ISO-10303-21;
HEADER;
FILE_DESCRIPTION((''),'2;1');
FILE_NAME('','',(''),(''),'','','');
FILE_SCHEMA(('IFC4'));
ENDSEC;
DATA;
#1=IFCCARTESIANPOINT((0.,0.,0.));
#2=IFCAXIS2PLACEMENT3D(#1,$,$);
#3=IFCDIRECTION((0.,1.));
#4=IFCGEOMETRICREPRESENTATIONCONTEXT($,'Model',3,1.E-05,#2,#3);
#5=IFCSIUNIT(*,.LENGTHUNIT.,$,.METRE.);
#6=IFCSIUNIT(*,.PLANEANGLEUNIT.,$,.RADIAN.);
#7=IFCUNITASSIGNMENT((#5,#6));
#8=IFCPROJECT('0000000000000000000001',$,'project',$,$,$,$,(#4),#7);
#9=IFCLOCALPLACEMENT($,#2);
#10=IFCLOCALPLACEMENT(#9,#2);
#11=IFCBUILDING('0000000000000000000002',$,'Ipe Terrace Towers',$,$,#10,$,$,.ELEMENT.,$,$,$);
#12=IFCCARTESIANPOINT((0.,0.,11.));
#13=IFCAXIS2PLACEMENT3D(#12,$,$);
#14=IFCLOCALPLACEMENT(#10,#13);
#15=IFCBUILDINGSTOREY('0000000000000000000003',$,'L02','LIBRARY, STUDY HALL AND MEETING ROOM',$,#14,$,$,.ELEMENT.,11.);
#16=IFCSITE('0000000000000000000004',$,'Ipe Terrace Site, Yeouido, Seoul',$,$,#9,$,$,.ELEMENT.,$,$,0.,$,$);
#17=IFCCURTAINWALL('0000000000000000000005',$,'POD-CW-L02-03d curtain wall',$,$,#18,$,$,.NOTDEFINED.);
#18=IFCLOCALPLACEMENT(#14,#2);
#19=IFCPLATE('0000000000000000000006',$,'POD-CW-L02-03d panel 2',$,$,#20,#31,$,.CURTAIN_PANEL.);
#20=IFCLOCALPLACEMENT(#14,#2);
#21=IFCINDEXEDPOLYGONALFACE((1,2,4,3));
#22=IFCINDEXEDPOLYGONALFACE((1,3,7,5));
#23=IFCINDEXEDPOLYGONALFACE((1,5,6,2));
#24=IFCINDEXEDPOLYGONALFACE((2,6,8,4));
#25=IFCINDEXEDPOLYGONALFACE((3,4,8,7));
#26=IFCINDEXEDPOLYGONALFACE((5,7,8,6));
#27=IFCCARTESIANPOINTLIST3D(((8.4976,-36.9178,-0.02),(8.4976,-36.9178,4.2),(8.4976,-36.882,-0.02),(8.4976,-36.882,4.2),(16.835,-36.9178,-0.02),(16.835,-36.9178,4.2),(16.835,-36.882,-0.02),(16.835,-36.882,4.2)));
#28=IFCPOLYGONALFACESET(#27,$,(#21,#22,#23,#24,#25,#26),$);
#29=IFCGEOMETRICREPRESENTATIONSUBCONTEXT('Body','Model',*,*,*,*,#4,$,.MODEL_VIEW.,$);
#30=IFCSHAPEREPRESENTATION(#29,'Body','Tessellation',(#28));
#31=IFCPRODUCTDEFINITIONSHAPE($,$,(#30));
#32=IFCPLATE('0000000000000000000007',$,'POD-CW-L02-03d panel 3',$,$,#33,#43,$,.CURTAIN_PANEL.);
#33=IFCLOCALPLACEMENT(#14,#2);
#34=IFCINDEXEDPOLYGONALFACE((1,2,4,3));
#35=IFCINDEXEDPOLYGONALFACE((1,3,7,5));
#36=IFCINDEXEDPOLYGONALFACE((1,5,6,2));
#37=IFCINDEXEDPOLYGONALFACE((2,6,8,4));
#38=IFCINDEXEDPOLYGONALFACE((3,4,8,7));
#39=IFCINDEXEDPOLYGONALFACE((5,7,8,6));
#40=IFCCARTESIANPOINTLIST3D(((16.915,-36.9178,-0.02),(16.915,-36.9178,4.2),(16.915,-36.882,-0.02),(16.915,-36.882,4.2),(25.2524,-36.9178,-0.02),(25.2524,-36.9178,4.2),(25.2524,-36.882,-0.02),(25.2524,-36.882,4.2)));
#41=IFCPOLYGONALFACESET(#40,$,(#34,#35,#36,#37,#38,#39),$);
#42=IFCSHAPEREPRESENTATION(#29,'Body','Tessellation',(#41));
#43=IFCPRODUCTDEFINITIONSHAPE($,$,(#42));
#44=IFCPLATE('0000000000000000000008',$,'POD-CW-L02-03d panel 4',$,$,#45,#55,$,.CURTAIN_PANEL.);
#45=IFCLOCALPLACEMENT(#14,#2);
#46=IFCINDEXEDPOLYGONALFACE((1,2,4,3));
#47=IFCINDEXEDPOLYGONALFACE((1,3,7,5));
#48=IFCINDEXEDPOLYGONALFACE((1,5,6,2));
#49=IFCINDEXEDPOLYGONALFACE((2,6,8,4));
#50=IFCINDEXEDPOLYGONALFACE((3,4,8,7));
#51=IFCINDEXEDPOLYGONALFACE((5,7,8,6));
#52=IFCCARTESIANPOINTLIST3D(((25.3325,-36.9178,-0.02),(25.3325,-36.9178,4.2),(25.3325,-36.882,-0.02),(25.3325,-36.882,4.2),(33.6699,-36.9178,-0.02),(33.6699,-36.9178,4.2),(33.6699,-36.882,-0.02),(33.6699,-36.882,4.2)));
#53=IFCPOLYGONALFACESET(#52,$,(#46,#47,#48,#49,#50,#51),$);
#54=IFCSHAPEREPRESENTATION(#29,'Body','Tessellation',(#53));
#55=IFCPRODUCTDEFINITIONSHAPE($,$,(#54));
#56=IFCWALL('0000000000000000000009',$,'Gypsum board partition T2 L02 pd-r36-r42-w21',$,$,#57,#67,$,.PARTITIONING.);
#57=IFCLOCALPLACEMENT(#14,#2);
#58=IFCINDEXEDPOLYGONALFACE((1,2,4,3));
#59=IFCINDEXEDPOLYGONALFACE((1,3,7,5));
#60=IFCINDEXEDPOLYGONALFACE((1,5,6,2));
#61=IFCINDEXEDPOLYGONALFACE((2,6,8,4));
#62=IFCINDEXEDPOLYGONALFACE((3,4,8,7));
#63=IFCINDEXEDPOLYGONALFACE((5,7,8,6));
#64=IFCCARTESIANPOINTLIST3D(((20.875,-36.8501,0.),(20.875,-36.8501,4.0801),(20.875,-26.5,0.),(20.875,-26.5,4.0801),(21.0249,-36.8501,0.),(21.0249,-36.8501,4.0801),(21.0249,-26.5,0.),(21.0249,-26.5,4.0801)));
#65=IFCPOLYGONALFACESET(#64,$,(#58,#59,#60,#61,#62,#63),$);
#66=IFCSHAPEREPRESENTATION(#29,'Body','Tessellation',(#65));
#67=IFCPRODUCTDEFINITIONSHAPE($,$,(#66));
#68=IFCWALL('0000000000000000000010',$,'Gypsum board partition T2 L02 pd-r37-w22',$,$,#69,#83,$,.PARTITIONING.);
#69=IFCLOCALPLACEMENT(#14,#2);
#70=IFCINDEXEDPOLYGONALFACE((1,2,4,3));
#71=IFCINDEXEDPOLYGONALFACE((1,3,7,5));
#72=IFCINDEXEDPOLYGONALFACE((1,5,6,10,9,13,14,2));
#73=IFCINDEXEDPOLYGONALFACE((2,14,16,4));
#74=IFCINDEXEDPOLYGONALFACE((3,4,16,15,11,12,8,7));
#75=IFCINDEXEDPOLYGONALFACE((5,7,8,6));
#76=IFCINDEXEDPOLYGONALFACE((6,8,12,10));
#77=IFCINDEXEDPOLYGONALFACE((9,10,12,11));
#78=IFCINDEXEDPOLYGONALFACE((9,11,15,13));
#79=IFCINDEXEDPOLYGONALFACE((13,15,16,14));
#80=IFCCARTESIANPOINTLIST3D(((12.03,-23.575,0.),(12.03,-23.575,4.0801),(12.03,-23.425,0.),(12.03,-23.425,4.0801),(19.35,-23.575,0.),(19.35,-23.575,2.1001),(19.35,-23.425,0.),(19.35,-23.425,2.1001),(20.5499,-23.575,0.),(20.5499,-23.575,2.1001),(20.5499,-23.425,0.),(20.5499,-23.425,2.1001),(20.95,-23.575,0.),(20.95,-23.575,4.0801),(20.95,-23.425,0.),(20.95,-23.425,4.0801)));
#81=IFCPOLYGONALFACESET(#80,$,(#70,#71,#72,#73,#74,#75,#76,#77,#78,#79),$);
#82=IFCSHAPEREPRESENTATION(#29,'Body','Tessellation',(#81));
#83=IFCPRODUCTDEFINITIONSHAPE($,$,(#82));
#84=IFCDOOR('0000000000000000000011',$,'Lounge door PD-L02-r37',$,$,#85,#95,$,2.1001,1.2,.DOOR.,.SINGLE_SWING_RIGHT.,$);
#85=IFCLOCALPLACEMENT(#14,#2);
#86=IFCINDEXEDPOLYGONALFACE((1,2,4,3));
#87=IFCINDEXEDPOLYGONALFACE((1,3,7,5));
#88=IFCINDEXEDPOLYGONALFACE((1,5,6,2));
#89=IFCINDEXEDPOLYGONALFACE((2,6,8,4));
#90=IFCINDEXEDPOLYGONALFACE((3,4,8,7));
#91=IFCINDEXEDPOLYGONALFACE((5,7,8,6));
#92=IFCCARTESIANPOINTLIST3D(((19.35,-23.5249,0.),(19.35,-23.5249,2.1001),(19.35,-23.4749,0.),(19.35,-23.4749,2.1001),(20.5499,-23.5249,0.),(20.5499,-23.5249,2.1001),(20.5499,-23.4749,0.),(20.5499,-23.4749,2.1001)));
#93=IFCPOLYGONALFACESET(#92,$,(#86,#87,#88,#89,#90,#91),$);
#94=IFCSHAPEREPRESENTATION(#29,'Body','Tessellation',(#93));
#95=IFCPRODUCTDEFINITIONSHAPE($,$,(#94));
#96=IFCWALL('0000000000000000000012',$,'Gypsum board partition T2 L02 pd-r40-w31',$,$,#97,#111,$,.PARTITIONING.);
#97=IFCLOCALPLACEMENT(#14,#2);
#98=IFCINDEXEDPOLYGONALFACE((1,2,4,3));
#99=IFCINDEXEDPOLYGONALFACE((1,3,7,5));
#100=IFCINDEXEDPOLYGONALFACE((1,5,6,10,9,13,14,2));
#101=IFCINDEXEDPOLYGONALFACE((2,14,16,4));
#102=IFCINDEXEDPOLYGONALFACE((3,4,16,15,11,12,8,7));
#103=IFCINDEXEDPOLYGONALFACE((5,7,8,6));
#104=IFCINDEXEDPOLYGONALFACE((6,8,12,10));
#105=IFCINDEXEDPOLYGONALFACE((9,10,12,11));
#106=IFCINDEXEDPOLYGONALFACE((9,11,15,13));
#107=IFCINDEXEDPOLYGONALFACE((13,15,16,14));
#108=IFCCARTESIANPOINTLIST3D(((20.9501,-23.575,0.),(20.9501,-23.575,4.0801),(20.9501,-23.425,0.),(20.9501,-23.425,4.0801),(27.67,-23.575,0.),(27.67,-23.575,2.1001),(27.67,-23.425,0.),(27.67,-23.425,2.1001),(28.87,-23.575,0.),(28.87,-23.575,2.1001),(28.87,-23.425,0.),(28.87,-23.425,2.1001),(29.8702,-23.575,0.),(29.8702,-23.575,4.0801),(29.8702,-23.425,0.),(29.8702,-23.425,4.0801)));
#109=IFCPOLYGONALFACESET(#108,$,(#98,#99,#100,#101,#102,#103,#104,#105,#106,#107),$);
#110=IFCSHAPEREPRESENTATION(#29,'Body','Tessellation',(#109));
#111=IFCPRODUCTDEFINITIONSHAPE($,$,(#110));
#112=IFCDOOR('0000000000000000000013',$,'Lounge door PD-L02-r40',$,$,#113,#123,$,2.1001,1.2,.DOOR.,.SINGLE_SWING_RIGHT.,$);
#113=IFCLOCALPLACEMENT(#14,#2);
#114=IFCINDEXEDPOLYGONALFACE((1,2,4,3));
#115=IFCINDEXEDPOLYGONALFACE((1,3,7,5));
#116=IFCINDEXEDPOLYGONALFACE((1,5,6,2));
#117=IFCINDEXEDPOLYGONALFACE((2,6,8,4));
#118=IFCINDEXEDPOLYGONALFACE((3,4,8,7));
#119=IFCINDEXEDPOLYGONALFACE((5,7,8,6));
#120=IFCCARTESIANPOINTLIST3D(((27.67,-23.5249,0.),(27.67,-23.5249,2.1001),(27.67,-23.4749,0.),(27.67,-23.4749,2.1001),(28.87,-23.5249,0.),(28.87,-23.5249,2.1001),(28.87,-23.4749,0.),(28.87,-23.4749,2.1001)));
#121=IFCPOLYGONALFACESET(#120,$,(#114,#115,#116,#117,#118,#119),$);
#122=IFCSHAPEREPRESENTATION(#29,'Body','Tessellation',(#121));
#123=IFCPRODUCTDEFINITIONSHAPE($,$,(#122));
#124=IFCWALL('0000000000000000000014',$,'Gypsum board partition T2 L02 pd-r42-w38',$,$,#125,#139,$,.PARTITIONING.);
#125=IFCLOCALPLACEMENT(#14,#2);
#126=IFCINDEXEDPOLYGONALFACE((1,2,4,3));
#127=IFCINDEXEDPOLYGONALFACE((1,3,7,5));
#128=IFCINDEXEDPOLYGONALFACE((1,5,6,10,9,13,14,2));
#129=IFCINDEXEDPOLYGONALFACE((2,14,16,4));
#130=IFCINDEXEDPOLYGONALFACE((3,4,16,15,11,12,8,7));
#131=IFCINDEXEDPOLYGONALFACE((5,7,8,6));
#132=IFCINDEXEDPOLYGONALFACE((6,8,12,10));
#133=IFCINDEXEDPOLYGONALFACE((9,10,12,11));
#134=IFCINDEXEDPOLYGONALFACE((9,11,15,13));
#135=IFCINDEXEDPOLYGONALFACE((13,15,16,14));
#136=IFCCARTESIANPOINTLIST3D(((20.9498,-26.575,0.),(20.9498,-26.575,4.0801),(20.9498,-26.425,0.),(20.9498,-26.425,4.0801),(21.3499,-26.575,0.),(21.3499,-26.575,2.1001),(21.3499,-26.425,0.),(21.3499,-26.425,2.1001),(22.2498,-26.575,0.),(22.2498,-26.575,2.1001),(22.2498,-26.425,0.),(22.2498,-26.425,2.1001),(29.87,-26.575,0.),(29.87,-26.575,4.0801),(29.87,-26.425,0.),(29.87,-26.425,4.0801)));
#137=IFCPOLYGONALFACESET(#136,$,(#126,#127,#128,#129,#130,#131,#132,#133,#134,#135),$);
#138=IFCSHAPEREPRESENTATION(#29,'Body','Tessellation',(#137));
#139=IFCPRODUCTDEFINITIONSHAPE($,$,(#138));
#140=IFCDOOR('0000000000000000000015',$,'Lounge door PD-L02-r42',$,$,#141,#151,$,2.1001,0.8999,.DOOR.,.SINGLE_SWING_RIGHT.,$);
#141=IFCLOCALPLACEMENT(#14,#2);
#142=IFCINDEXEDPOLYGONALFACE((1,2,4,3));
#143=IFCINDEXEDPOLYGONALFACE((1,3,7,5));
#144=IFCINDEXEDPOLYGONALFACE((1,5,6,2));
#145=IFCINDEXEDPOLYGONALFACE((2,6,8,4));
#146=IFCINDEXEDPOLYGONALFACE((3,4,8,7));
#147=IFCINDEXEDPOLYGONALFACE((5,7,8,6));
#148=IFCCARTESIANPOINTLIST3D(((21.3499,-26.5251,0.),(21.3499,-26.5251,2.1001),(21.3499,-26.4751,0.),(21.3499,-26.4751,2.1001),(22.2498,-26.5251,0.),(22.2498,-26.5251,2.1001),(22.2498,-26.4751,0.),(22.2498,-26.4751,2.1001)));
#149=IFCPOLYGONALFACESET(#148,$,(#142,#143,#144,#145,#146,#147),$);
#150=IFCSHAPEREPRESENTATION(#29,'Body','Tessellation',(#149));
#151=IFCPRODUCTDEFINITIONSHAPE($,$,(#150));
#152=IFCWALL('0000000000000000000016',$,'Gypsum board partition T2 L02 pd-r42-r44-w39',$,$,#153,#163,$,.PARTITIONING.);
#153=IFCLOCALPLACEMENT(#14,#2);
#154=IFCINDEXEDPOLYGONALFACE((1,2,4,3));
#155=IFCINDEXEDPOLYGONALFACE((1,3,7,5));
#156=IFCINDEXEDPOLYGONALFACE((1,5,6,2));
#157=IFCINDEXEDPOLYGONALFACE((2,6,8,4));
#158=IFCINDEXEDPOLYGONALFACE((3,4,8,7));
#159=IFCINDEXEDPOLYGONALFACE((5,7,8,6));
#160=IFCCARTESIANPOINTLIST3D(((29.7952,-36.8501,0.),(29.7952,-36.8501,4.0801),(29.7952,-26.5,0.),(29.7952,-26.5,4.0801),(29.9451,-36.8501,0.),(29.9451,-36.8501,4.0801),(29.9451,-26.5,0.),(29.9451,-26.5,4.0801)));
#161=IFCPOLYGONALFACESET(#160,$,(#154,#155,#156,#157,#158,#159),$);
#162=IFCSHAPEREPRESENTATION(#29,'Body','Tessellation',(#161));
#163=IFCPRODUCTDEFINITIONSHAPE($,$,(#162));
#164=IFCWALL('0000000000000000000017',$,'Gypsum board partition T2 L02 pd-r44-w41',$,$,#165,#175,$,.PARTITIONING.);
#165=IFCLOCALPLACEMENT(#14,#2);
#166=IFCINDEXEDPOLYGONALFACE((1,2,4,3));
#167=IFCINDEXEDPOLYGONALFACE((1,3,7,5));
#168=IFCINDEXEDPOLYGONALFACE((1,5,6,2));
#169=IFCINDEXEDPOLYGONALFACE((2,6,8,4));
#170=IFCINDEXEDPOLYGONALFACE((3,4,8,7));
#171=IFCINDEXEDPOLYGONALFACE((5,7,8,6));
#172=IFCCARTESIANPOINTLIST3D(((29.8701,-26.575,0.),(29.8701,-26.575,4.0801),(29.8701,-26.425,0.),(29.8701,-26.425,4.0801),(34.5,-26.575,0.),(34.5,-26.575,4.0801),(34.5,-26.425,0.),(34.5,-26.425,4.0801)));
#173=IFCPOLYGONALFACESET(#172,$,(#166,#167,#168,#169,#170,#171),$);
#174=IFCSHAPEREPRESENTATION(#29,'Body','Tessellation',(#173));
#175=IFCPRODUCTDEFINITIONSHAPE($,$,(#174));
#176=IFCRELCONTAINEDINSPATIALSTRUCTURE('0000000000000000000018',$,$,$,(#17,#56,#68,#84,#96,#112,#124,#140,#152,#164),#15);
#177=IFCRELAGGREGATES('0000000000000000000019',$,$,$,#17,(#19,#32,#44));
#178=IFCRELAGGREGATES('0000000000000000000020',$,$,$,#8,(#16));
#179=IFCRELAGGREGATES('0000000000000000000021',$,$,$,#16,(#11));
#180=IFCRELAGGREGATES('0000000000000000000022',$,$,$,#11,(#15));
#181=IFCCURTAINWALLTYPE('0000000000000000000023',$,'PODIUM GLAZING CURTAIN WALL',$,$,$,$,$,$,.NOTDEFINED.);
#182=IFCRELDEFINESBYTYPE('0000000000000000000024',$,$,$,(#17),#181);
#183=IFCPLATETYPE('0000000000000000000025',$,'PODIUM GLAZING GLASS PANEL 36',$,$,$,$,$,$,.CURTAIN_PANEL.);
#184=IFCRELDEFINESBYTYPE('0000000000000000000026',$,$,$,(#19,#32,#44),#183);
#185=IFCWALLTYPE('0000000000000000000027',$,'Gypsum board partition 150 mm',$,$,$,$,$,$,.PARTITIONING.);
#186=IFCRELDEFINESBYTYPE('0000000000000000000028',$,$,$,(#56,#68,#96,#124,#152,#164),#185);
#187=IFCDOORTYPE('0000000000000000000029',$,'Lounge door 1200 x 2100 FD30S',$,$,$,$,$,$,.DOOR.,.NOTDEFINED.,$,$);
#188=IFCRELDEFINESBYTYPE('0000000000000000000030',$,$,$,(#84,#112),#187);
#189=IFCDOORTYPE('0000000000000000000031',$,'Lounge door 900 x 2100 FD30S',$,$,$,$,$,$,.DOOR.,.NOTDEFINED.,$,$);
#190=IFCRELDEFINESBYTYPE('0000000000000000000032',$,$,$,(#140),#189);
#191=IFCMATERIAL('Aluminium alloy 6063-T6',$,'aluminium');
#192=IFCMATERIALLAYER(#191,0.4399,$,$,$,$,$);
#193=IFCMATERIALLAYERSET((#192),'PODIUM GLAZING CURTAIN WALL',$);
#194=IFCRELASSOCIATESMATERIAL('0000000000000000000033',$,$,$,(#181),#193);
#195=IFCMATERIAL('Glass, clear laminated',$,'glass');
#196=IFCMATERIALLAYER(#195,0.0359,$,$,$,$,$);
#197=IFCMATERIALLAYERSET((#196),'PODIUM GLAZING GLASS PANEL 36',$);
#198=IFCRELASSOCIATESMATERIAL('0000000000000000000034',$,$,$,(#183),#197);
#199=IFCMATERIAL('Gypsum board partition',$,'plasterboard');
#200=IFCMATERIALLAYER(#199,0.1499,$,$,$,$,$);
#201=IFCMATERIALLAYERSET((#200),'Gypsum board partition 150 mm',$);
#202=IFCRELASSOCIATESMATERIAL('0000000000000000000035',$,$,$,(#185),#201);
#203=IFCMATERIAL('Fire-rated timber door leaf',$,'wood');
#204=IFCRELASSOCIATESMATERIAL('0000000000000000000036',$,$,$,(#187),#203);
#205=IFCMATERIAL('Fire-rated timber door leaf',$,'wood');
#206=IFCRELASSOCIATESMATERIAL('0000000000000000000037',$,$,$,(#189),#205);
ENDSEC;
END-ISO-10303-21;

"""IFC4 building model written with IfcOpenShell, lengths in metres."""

from ifc_helpers import new_model, si_unit, direction, frame, frame_2d, origin, origin_2d, place, context, subcontext, project, spatial, rectangle, extrude, material, layer, layer_set, type_object, element, fill, aggregate, save


model = new_model("IFC4")

# Units and contexts
model_context = context("Model", 3, precision=1e-05, world=origin(), true_north=direction((0.0, 1.0)))
body_context = subcontext(model_context, "Body", "Model", "MODEL_VIEW")
ifc_project = project(units=[si_unit("LENGTHUNIT", "METRE"), si_unit("PLANEANGLEUNIT", "RADIAN")], contexts=[model_context])

# Site, building, storey
site_placement = place(None, origin())
site = spatial("IfcSite", under=ifc_project, at=site_placement, Name="Ipe Terrace Site, Yeouido, Seoul", CompositionType="ELEMENT", RefElevation=0.0)
building_placement = place(site_placement, origin())
building = spatial("IfcBuilding", under=site, at=building_placement, Name="Ipe Terrace Towers", CompositionType="ELEMENT")
storey_placement = place(building_placement, frame((0.0, 0.0, 11.0)))
storey = spatial("IfcBuildingStorey", under=building, at=storey_placement, Name="L02", Description="LIBRARY, STUDY HALL AND MEETING ROOM", CompositionType="ELEMENT", Elevation=11.0)

# Curtain wall, plates
ifc_material_1 = material(Name="Aluminium alloy 6063-T6", Category="aluminium")
ifc_layer_1 = layer(ifc_material_1, 0.4399)
ifc_layer_set_1 = layer_set([ifc_layer_1], Name="PODIUM GLAZING CURTAIN WALL")
curtain_wall_type = type_object("IfcCurtainWallType", Name="PODIUM GLAZING CURTAIN WALL", PredefinedType="NOTDEFINED", material=ifc_layer_set_1)
curtain_wall_placement = place(storey_placement, origin())
curtain_wall = element("IfcCurtainWall", 1, at=curtain_wall_placement, inside=storey, type_object=curtain_wall_type, Name="POD-CW-L02-03d curtain wall", PredefinedType="NOTDEFINED")
ifc_material_2 = material(Name="Glass, clear laminated", Category="glass")
ifc_layer_2 = layer(ifc_material_2, 0.0359)
ifc_layer_set_2 = layer_set([ifc_layer_2], Name="PODIUM GLAZING GLASS PANEL 36")
plate_type = type_object("IfcPlateType", Name="PODIUM GLAZING GLASS PANEL 36", PredefinedType="CURTAIN_PANEL", material=ifc_layer_set_2)
plate_1_placement = place(storey_placement, frame((12.6663, -36.8999, -0.02), z_axis=(0.0, 0.0, 1.0), x_axis=(1.0, 0.0, 0.0)))
plate_1 = element("IfcPlate", 2, at=plate_1_placement, type_object=plate_type, Name="POD-CW-L02-03d panel 2", PredefinedType="CURTAIN_PANEL", context=body_context, shape_type="SweptSolid", body=[
    extrude(rectangle(XDim=8.3374, YDim=0.0359, at=origin_2d()), origin(), (0.0, 0.0, 1.0), 4.22),
])
plate_2_placement = place(storey_placement, frame((21.0837, -36.8999, -0.02), z_axis=(0.0, 0.0, 1.0), x_axis=(1.0, 0.0, 0.0)))
plate_2 = element("IfcPlate", 3, at=plate_2_placement, type_object=plate_type, Name="POD-CW-L02-03d panel 3", PredefinedType="CURTAIN_PANEL", context=body_context, shape_type="SweptSolid", body=[
    extrude(rectangle(XDim=8.3374, YDim=0.0359, at=origin_2d()), origin(), (0.0, 0.0, 1.0), 4.22),
])
plate_3_placement = place(storey_placement, frame((29.5012, -36.8999, -0.02), z_axis=(0.0, 0.0, 1.0), x_axis=(1.0, 0.0, 0.0)))
plate_3 = element("IfcPlate", 4, at=plate_3_placement, type_object=plate_type, Name="POD-CW-L02-03d panel 4", PredefinedType="CURTAIN_PANEL", context=body_context, shape_type="SweptSolid", body=[
    extrude(rectangle(XDim=8.3374, YDim=0.0359, at=origin_2d()), origin(), (0.0, 0.0, 1.0), 4.22),
])
aggregate(curtain_wall, [plate_1, plate_2, plate_3])

# Wall
ifc_material_3 = material(Name="Gypsum board partition", Category="plasterboard")
ifc_layer_3 = layer(ifc_material_3, 0.1499)
ifc_layer_set_3 = layer_set([ifc_layer_3], Name="Gypsum board partition 150 mm")
wall_type_1 = type_object("IfcWallType", Name="Gypsum board partition 150 mm", PredefinedType="PARTITIONING", material=ifc_layer_set_3)
wall_1_placement = place(storey_placement, frame((20.95, -26.5, 0.0), z_axis=(0.0, 0.0, 1.0), x_axis=(0.0, -1.0, 0.0)))
element("IfcWall", 5, at=wall_1_placement, inside=storey, type_object=wall_type_1, Name="Gypsum board partition T2 L02 pd-r36-r42-w21", PredefinedType="PARTITIONING", context=body_context, shape_type="SweptSolid", body=[
    extrude(rectangle(XDim=10.3501, YDim=0.1499, at=frame_2d((5.175, 0.0))), origin(), (0.0, 0.0, 1.0), 4.0801),
])

# Walls, openings, doors
wall_2_placement = place(storey_placement, frame((20.95, -23.5, 0.0), z_axis=(0.0, 0.0, 1.0), x_axis=(-1.0, 0.0, 0.0)))
wall_2 = element("IfcWall", 6, at=wall_2_placement, inside=storey, type_object=wall_type_1, Name="Gypsum board partition T2 L02 pd-r37-w22", PredefinedType="PARTITIONING", context=body_context, shape_type="SweptSolid", body=[
    extrude(rectangle(XDim=8.9199, YDim=0.1499, at=frame_2d((4.46, 0.0))), origin(), (0.0, 0.0, 1.0), 4.0801),
])
opening_1_placement = place(wall_2_placement, frame((0.3999, 0.0, 0.0)))
opening_1 = element("IfcOpeningElement", 7, at=opening_1_placement, cuts=wall_2, PredefinedType="OPENING", context=body_context, shape_type="SweptSolid", body=[
    extrude(rectangle(XDim=1.2, YDim=2.1001, at=frame_2d((0.6001, 1.05))), frame((0.0, 0.085, 0.0), z_axis=(0.0, -1.0, 0.0), x_axis=(1.0, 0.0, 0.0)), (0.0, 0.0, 1.0), 0.1699),
])
ifc_material_4 = material(Name="Fire-rated timber door leaf", Category="wood")
door_type_1 = type_object("IfcDoorType", Name="Lounge door 1200 x 2100 FD30S", OperationType="NOTDEFINED", PredefinedType="DOOR", material=ifc_material_4)
door_1_placement = place(opening_1_placement, origin())
door_1 = element("IfcDoor", 8, at=door_1_placement, inside=storey, type_object=door_type_1, Name="Lounge door PD-L02-r37", OperationType="SINGLE_SWING_RIGHT", OverallHeight=2.1001, OverallWidth=1.2, PredefinedType="DOOR", context=body_context, shape_type="SweptSolid", body=[
    extrude(rectangle(XDim=1.2, YDim=2.1001, at=frame_2d((0.6001, 1.05))), frame((0.0, 0.0249, 0.0), z_axis=(0.0, -1.0, 0.0), x_axis=(1.0, 0.0, 0.0)), (0.0, 0.0, 1.0), 0.05),
])
fill(opening_1, door_1)
wall_3_placement = place(storey_placement, frame((29.8701, -23.5, 0.0), z_axis=(0.0, 0.0, 1.0), x_axis=(-1.0, 0.0, 0.0)))
wall_3 = element("IfcWall", 9, at=wall_3_placement, inside=storey, type_object=wall_type_1, Name="Gypsum board partition T2 L02 pd-r40-w31", PredefinedType="PARTITIONING", context=body_context, shape_type="SweptSolid", body=[
    extrude(rectangle(XDim=8.9202, YDim=0.1499, at=frame_2d((4.46, 0.0))), origin(), (0.0, 0.0, 1.0), 4.0801),
])
opening_2_placement = place(wall_3_placement, frame((1.0, 0.0, 0.0)))
opening_2 = element("IfcOpeningElement", 10, at=opening_2_placement, cuts=wall_3, PredefinedType="OPENING", context=body_context, shape_type="SweptSolid", body=[
    extrude(rectangle(XDim=1.2, YDim=2.1001, at=frame_2d((0.6001, 1.05))), frame((0.0, 0.085, 0.0), z_axis=(0.0, -1.0, 0.0), x_axis=(1.0, 0.0, 0.0)), (0.0, 0.0, 1.0), 0.1699),
])
door_2_placement = place(opening_2_placement, origin())
door_2 = element("IfcDoor", 11, at=door_2_placement, inside=storey, type_object=door_type_1, Name="Lounge door PD-L02-r40", OperationType="SINGLE_SWING_RIGHT", OverallHeight=2.1001, OverallWidth=1.2, PredefinedType="DOOR", context=body_context, shape_type="SweptSolid", body=[
    extrude(rectangle(XDim=1.2, YDim=2.1001, at=frame_2d((0.6001, 1.05))), frame((0.0, 0.0249, 0.0), z_axis=(0.0, -1.0, 0.0), x_axis=(1.0, 0.0, 0.0)), (0.0, 0.0, 1.0), 0.05),
])
fill(opening_2, door_2)
wall_4_placement = place(storey_placement, frame((20.95, -26.5, 0.0), z_axis=(0.0, 0.0, 1.0), x_axis=(1.0, 0.0, 0.0)))
wall_4 = element("IfcWall", 12, at=wall_4_placement, inside=storey, type_object=wall_type_1, Name="Gypsum board partition T2 L02 pd-r42-w38", PredefinedType="PARTITIONING", context=body_context, shape_type="SweptSolid", body=[
    extrude(rectangle(XDim=8.9202, YDim=0.1499, at=frame_2d((4.46, 0.0))), origin(), (0.0, 0.0, 1.0), 4.0801),
])
opening_3_placement = place(wall_4_placement, frame((0.3999, 0.0, 0.0)))
opening_3 = element("IfcOpeningElement", 13, at=opening_3_placement, cuts=wall_4, PredefinedType="OPENING", context=body_context, shape_type="SweptSolid", body=[
    extrude(rectangle(XDim=0.8999, YDim=2.1001, at=frame_2d((0.45, 1.05))), frame((0.0, 0.085, 0.0), z_axis=(0.0, -1.0, 0.0), x_axis=(1.0, 0.0, 0.0)), (0.0, 0.0, 1.0), 0.1699),
])
ifc_material_5 = material(Name="Fire-rated timber door leaf", Category="wood")
door_type_2 = type_object("IfcDoorType", Name="Lounge door 900 x 2100 FD30S", OperationType="NOTDEFINED", PredefinedType="DOOR", material=ifc_material_5)
door_3_placement = place(opening_3_placement, origin())
door_3 = element("IfcDoor", 14, at=door_3_placement, inside=storey, type_object=door_type_2, Name="Lounge door PD-L02-r42", OperationType="SINGLE_SWING_RIGHT", OverallHeight=2.1001, OverallWidth=0.8999, PredefinedType="DOOR", context=body_context, shape_type="SweptSolid", body=[
    extrude(rectangle(XDim=0.8999, YDim=2.1001, at=frame_2d((0.45, 1.05))), frame((0.0, 0.0249, 0.0), z_axis=(0.0, -1.0, 0.0), x_axis=(1.0, 0.0, 0.0)), (0.0, 0.0, 1.0), 0.05),
])
fill(opening_3, door_3)

# Walls
wall_5_placement = place(storey_placement, frame((29.8701, -26.5, 0.0), z_axis=(0.0, 0.0, 1.0), x_axis=(0.0, -1.0, 0.0)))
element("IfcWall", 15, at=wall_5_placement, inside=storey, type_object=wall_type_1, Name="Gypsum board partition T2 L02 pd-r42-r44-w39", PredefinedType="PARTITIONING", context=body_context, shape_type="SweptSolid", body=[
    extrude(rectangle(XDim=10.3501, YDim=0.1499, at=frame_2d((5.175, 0.0))), origin(), (0.0, 0.0, 1.0), 4.0801),
])
wall_6_placement = place(storey_placement, frame((29.8701, -26.5, 0.0), z_axis=(0.0, 0.0, 1.0), x_axis=(1.0, 0.0, 0.0)))
element("IfcWall", 16, at=wall_6_placement, inside=storey, type_object=wall_type_1, Name="Gypsum board partition T2 L02 pd-r44-w41", PredefinedType="PARTITIONING", context=body_context, shape_type="SweptSolid", body=[
    extrude(rectangle(XDim=4.6299, YDim=0.1499, at=frame_2d((2.3149, 0.0))), origin(), (0.0, 0.0, 1.0), 4.0801),
])

save(model, "model.ifc")
